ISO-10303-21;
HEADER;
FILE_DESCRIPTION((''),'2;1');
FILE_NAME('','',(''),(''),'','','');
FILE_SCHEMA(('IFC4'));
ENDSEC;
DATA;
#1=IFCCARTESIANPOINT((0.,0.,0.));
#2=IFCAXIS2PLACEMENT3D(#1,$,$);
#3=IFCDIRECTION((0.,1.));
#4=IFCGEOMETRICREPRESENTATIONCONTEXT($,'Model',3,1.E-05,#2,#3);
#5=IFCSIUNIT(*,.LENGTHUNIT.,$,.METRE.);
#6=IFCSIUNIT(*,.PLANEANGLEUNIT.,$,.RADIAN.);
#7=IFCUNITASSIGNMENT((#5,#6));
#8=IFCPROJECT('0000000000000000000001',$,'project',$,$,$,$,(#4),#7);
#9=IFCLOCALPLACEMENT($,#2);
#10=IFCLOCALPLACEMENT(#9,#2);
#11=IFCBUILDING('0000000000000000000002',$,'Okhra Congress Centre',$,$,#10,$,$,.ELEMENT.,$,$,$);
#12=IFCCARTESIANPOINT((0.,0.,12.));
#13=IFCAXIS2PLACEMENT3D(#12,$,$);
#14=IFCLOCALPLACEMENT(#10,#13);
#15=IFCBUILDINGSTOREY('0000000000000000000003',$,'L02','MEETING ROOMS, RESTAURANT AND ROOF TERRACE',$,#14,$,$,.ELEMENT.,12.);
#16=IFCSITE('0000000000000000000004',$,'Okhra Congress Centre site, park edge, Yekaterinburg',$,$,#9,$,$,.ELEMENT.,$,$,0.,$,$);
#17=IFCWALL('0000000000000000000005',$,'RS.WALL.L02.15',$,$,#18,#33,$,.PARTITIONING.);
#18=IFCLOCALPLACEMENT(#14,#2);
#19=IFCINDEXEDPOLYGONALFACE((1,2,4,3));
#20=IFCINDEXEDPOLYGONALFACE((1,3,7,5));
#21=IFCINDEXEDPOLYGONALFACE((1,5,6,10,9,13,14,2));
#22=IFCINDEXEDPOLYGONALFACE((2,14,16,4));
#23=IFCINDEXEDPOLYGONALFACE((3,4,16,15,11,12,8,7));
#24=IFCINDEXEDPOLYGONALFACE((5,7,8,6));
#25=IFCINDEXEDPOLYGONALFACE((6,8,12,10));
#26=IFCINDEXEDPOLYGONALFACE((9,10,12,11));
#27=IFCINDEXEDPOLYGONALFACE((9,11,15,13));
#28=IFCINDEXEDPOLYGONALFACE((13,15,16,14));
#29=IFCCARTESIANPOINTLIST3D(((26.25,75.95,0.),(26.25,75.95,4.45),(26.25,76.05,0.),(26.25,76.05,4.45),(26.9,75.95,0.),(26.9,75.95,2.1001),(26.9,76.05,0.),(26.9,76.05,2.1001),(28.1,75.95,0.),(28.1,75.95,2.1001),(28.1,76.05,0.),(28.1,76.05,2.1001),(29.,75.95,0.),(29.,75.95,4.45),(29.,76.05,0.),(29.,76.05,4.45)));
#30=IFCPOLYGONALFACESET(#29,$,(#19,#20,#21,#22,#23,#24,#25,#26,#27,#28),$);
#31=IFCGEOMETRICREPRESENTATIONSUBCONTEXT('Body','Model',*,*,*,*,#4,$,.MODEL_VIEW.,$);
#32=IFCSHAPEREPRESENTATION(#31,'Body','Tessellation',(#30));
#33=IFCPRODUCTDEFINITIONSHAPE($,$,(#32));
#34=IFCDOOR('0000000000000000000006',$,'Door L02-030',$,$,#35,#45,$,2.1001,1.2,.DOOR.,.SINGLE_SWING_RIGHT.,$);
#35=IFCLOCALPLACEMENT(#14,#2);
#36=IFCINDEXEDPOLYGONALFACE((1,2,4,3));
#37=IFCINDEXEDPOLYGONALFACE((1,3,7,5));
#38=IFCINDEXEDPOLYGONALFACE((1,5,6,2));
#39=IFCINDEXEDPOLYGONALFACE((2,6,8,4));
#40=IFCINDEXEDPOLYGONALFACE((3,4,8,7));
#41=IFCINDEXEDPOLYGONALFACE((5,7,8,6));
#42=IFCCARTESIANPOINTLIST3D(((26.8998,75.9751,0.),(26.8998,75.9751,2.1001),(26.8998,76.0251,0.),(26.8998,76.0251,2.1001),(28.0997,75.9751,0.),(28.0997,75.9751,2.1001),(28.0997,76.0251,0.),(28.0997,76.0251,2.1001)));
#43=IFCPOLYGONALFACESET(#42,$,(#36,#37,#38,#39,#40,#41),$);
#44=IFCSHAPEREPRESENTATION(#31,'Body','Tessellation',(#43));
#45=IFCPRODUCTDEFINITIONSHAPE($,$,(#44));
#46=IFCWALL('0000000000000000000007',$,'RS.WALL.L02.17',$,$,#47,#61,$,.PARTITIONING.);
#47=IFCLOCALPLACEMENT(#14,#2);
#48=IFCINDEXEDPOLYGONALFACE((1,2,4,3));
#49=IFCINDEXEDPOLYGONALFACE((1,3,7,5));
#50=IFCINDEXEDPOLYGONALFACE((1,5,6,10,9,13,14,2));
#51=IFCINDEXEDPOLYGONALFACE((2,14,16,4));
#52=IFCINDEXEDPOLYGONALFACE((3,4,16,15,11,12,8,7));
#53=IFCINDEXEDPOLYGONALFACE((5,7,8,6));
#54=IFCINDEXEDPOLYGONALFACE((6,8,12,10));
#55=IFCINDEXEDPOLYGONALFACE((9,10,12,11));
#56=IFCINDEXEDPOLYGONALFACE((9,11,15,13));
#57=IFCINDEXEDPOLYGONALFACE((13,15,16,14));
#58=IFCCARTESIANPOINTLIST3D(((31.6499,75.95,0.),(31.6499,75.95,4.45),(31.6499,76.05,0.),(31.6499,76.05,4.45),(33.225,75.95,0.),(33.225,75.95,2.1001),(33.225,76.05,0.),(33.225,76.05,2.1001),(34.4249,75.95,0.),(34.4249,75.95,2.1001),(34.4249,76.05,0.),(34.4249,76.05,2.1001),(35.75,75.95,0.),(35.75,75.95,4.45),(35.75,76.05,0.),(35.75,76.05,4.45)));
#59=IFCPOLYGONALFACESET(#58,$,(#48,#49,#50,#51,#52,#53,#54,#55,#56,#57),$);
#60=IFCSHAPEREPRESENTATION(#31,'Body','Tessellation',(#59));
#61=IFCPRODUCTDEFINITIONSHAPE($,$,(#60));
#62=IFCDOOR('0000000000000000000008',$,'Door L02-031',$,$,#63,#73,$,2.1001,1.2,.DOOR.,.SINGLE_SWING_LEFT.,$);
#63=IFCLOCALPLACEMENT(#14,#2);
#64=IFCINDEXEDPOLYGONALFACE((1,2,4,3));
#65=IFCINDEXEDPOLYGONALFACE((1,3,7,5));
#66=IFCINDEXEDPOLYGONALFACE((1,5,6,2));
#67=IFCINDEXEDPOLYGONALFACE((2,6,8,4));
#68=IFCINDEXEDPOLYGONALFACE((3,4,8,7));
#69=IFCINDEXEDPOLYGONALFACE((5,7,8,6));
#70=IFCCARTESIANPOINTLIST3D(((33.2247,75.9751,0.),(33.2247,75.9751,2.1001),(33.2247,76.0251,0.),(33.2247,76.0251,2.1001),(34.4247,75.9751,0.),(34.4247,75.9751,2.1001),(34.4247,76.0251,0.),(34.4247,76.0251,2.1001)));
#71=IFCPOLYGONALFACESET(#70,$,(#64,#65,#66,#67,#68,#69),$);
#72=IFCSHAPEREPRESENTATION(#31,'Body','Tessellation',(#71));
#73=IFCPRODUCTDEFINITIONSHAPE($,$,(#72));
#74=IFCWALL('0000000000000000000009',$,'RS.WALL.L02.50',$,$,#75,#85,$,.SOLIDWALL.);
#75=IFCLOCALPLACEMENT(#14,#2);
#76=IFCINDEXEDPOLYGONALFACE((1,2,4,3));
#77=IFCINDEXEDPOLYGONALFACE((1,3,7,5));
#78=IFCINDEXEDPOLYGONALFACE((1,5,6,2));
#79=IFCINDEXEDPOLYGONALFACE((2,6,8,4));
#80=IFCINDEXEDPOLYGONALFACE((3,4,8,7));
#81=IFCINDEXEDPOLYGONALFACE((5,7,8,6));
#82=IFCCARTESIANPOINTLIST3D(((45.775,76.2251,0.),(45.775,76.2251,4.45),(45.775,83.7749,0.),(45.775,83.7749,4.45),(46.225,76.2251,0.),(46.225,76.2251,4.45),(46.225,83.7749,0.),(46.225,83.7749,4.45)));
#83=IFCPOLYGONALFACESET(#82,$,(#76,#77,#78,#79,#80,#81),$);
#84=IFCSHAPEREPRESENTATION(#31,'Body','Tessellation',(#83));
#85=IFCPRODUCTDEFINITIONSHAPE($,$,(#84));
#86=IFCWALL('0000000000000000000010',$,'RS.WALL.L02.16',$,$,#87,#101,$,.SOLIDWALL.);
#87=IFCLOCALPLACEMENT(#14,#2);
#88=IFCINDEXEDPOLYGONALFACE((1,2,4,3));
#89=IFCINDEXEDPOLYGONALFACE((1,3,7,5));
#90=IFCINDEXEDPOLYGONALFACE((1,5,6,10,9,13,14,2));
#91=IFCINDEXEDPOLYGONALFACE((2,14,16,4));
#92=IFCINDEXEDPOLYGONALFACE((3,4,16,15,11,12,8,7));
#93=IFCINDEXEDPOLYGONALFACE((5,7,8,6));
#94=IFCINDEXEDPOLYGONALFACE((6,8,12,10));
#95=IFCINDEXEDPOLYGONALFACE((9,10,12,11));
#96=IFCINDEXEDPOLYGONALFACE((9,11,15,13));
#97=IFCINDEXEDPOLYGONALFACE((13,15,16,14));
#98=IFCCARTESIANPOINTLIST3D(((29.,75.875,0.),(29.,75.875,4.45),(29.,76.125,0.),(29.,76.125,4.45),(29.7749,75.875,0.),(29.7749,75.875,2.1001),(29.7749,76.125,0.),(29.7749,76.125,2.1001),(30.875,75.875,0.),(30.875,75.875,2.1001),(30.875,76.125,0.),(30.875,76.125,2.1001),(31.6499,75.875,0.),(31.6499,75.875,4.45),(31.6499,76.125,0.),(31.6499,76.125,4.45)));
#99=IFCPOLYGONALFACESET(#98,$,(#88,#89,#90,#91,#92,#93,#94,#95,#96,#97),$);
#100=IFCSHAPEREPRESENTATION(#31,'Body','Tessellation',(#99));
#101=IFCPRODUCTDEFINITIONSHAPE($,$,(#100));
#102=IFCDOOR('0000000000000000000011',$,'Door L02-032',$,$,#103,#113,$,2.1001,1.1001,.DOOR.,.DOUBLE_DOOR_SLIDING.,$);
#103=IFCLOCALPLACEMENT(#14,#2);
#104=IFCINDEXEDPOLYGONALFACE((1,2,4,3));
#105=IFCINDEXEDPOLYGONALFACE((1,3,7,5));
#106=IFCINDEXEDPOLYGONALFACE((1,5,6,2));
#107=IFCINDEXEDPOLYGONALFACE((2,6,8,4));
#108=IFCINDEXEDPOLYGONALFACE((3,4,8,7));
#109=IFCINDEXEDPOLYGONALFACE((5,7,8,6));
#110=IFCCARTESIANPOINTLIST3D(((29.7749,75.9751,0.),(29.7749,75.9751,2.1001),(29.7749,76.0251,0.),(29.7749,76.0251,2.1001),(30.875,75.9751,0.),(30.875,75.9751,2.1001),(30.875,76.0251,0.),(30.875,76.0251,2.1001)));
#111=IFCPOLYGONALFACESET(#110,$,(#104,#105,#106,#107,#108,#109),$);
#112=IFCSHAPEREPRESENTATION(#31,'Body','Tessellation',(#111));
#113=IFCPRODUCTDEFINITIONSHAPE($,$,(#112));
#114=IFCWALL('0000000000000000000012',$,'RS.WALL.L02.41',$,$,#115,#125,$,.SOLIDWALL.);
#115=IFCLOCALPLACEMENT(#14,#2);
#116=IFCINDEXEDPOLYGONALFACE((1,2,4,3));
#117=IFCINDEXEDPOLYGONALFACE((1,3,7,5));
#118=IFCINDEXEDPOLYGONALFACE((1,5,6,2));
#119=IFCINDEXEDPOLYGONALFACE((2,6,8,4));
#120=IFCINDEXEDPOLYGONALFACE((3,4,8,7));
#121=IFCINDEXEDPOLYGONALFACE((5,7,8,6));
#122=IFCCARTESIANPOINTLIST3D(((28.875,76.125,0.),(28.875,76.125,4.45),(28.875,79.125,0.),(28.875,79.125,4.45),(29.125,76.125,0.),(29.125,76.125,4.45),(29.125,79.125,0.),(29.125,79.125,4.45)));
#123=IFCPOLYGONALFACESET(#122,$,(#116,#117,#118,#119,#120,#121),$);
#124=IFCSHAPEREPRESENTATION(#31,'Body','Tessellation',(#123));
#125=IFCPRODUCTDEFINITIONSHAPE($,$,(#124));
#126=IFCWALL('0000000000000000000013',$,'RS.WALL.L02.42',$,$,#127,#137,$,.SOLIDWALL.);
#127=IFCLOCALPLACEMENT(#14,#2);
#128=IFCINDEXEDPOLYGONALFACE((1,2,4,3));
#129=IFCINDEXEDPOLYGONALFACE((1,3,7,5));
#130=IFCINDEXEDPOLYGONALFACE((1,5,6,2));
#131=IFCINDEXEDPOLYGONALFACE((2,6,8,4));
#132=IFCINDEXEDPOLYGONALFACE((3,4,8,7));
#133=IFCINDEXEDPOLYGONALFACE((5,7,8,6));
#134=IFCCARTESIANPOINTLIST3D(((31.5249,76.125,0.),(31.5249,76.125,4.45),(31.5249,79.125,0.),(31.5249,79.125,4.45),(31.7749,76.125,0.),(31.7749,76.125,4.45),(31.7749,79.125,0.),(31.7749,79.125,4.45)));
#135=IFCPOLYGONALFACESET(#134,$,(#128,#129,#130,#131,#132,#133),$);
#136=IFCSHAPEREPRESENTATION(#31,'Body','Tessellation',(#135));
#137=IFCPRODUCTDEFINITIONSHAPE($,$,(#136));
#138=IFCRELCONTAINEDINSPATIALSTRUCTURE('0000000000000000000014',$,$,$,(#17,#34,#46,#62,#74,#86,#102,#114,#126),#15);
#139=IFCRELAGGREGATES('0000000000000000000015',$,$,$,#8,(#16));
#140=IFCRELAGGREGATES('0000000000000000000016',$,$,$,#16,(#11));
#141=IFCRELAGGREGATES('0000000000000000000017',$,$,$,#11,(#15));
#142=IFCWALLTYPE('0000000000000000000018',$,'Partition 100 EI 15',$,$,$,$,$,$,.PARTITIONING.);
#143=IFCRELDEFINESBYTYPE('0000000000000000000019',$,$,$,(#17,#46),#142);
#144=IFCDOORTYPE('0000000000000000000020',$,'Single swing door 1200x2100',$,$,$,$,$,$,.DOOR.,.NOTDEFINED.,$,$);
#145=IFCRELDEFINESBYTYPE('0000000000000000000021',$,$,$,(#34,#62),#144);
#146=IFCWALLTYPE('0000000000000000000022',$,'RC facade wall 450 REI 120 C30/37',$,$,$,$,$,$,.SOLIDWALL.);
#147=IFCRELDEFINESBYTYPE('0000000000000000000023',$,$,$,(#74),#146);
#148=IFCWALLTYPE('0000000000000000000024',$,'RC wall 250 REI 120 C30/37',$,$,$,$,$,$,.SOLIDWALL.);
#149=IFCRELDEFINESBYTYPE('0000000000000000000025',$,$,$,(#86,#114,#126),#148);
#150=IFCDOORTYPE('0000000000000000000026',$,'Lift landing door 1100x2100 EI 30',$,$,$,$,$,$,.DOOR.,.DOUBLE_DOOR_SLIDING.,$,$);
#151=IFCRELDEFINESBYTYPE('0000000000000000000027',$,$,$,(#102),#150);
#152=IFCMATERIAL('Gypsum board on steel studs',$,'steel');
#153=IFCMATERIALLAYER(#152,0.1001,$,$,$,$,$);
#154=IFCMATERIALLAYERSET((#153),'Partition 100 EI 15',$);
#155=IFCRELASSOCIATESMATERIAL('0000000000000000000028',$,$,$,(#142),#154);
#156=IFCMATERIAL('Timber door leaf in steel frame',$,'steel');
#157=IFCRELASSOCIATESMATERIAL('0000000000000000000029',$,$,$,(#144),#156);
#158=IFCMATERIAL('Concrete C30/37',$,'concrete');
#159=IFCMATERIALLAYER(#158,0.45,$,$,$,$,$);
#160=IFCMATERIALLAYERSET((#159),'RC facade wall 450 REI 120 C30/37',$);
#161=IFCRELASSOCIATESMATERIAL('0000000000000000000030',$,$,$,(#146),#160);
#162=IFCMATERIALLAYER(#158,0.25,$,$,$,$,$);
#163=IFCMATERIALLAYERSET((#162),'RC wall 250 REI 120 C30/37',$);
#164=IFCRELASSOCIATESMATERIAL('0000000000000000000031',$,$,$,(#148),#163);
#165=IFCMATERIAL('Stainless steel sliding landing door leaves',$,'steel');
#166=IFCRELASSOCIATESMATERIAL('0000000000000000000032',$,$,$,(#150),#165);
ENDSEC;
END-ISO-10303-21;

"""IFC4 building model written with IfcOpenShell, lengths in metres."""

from ifc_helpers import new_model, si_unit, direction, frame, frame_2d, origin, place, context, subcontext, project, spatial, rectangle, extrude, material, layer, layer_set, type_object, element, fill, save


model = new_model("IFC4")

# Units and contexts
model_context = context("Model", 3, precision=1e-05, world=origin(), true_north=direction((0.0, 1.0)))
body_context = subcontext(model_context, "Body", "Model", "MODEL_VIEW")
ifc_project = project(units=[si_unit("LENGTHUNIT", "METRE"), si_unit("PLANEANGLEUNIT", "RADIAN")], contexts=[model_context])

# Site, building, storey
site_placement = place(None, origin())
site = spatial("IfcSite", under=ifc_project, at=site_placement, Name="Okhra Congress Centre site, park edge, Yekaterinburg", CompositionType="ELEMENT", RefElevation=0.0)
building_placement = place(site_placement, origin())
building = spatial("IfcBuilding", under=site, at=building_placement, Name="Okhra Congress Centre", CompositionType="ELEMENT")
storey_placement = place(building_placement, frame((0.0, 0.0, 12.0)))
storey = spatial("IfcBuildingStorey", under=building, at=storey_placement, Name="L02", Description="MEETING ROOMS, RESTAURANT AND ROOF TERRACE", CompositionType="ELEMENT", Elevation=12.0)

# Walls, openings, doors
ifc_material_1 = material(Name="Gypsum board on steel studs", Category="steel")
ifc_layer_1 = layer(ifc_material_1, 0.1001)
ifc_layer_set_1 = layer_set([ifc_layer_1], Name="Partition 100 EI 15")
wall_type_1 = type_object("IfcWallType", Name="Partition 100 EI 15", PredefinedType="PARTITIONING", material=ifc_layer_set_1)
wall_1_placement = place(storey_placement, frame((26.25, 76.0, 0.0), z_axis=(0.0, 0.0, 1.0), x_axis=(1.0, 0.0, 0.0)))
wall_1 = element("IfcWall", 1, at=wall_1_placement, inside=storey, type_object=wall_type_1, Name="RS.WALL.L02.15", PredefinedType="PARTITIONING", context=body_context, shape_type="SweptSolid", body=[
    extrude(rectangle(XDim=2.75, YDim=0.1001, at=frame_2d((1.375, 0.0))), origin(), (0.0, 0.0, 1.0), 4.45),
])
opening_1_placement = place(wall_1_placement, frame((0.6499, 0.0, 0.0)))
opening_1 = element("IfcOpeningElement", 2, at=opening_1_placement, cuts=wall_1, PredefinedType="OPENING", context=body_context, shape_type="SweptSolid", body=[
    extrude(rectangle(XDim=1.2, YDim=2.1001, at=frame_2d((0.6001, 1.05))), frame((0.0, 0.0601, 0.0), z_axis=(0.0, -1.0, 0.0), x_axis=(1.0, 0.0, 0.0)), (0.0, 0.0, 1.0), 0.1201),
])
ifc_material_2 = material(Name="Timber door leaf in steel frame", Category="steel")
door_type_1 = type_object("IfcDoorType", Name="Single swing door 1200x2100", OperationType="NOTDEFINED", PredefinedType="DOOR", material=ifc_material_2)
door_1_placement = place(opening_1_placement, frame((1.2, 0.0, 0.0), z_axis=(0.0, 0.0, 1.0), x_axis=(-1.0, 0.0, 0.0)))
door_1 = element("IfcDoor", 3, at=door_1_placement, inside=storey, type_object=door_type_1, Name="Door L02-030", OperationType="SINGLE_SWING_RIGHT", OverallHeight=2.1001, OverallWidth=1.2, PredefinedType="DOOR", context=body_context, shape_type="SweptSolid", body=[
    extrude(rectangle(XDim=1.2, YDim=2.1001, at=frame_2d((0.6001, 1.05))), frame((0.0, 0.0249, 0.0), z_axis=(0.0, -1.0, 0.0), x_axis=(1.0, 0.0, 0.0)), (0.0, 0.0, 1.0), 0.05),
])
fill(opening_1, door_1)
wall_2_placement = place(storey_placement, frame((31.6499, 76.0, 0.0), z_axis=(0.0, 0.0, 1.0), x_axis=(1.0, 0.0, 0.0)))
wall_2 = element("IfcWall", 4, at=wall_2_placement, inside=storey, type_object=wall_type_1, Name="RS.WALL.L02.17", PredefinedType="PARTITIONING", context=body_context, shape_type="SweptSolid", body=[
    extrude(rectangle(XDim=4.1001, YDim=0.1001, at=frame_2d((2.05, 0.0))), origin(), (0.0, 0.0, 1.0), 4.45),
])
opening_2_placement = place(wall_2_placement, frame((1.575, 0.0, 0.0)))
opening_2 = element("IfcOpeningElement", 5, at=opening_2_placement, cuts=wall_2, PredefinedType="OPENING", context=body_context, shape_type="SweptSolid", body=[
    extrude(rectangle(XDim=1.2, YDim=2.1001, at=frame_2d((0.6001, 1.05))), frame((0.0, 0.0601, 0.0), z_axis=(0.0, -1.0, 0.0), x_axis=(1.0, 0.0, 0.0)), (0.0, 0.0, 1.0), 0.1201),
])
door_2_placement = place(opening_2_placement, frame((1.2, 0.0, 0.0), z_axis=(0.0, 0.0, 1.0), x_axis=(-1.0, 0.0, 0.0)))
door_2 = element("IfcDoor", 6, at=door_2_placement, inside=storey, type_object=door_type_1, Name="Door L02-031", OperationType="SINGLE_SWING_LEFT", OverallHeight=2.1001, OverallWidth=1.2, PredefinedType="DOOR", context=body_context, shape_type="SweptSolid", body=[
    extrude(rectangle(XDim=1.2, YDim=2.1001, at=frame_2d((0.6001, 1.05))), frame((0.0, 0.0249, 0.0), z_axis=(0.0, -1.0, 0.0), x_axis=(1.0, 0.0, 0.0)), (0.0, 0.0, 1.0), 0.05),
])
fill(opening_2, door_2)

# Wall
ifc_material_3 = material(Name="Concrete C30/37", Category="concrete")
ifc_layer_2 = layer(ifc_material_3, 0.45)
ifc_layer_set_2 = layer_set([ifc_layer_2], Name="RC facade wall 450 REI 120 C30/37")
wall_type_2 = type_object("IfcWallType", Name="RC facade wall 450 REI 120 C30/37", PredefinedType="SOLIDWALL", material=ifc_layer_set_2)
wall_3_placement = place(storey_placement, frame((46.0, 76.2251, 0.0), z_axis=(0.0, 0.0, 1.0), x_axis=(0.0, 1.0, 0.0)))
element("IfcWall", 7, at=wall_3_placement, inside=storey, type_object=wall_type_2, Name="RS.WALL.L02.50", PredefinedType="SOLIDWALL", context=body_context, shape_type="SweptSolid", body=[
    extrude(rectangle(XDim=7.5498, YDim=0.45, at=frame_2d((3.7749, 0.0))), origin(), (0.0, 0.0, 1.0), 4.45),
])

# Wall, opening, door
ifc_layer_3 = layer(ifc_material_3, 0.25)
ifc_layer_set_3 = layer_set([ifc_layer_3], Name="RC wall 250 REI 120 C30/37")
wall_type_3 = type_object("IfcWallType", Name="RC wall 250 REI 120 C30/37", PredefinedType="SOLIDWALL", material=ifc_layer_set_3)
wall_4_placement = place(storey_placement, frame((29.0, 76.0, 0.0), z_axis=(0.0, 0.0, 1.0), x_axis=(1.0, 0.0, 0.0)))
wall_4 = element("IfcWall", 8, at=wall_4_placement, inside=storey, type_object=wall_type_3, Name="RS.WALL.L02.16", PredefinedType="SOLIDWALL", context=body_context, shape_type="SweptSolid", body=[
    extrude(rectangle(XDim=2.6499, YDim=0.25, at=frame_2d((1.325, 0.0))), origin(), (0.0, 0.0, 1.0), 4.45),
])
opening_3_placement = place(wall_4_placement, frame((0.7749, 0.0, 0.0)))
opening_3 = element("IfcOpeningElement", 9, at=opening_3_placement, cuts=wall_4, PredefinedType="OPENING", context=body_context, shape_type="SweptSolid", body=[
    extrude(rectangle(XDim=1.1001, YDim=2.1001, at=frame_2d((0.55, 1.05))), frame((0.0, 0.135, 0.0), z_axis=(0.0, -1.0, 0.0), x_axis=(1.0, 0.0, 0.0)), (0.0, 0.0, 1.0), 0.27),
])
ifc_material_4 = material(Name="Stainless steel sliding landing door leaves", Category="steel")
door_type_2 = type_object("IfcDoorType", Name="Lift landing door 1100x2100 EI 30", OperationType="DOUBLE_DOOR_SLIDING", PredefinedType="DOOR", material=ifc_material_4)
door_3_placement = place(opening_3_placement, frame((1.1001, 0.0, 0.0), z_axis=(0.0, 0.0, 1.0), x_axis=(-1.0, 0.0, 0.0)))
door_3 = element("IfcDoor", 10, at=door_3_placement, inside=storey, type_object=door_type_2, Name="Door L02-032", OperationType="DOUBLE_DOOR_SLIDING", OverallHeight=2.1001, OverallWidth=1.1001, PredefinedType="DOOR", context=body_context, shape_type="SweptSolid", body=[
    extrude(rectangle(XDim=1.1001, YDim=2.1001, at=frame_2d((0.55, 1.05))), frame((0.0, 0.0249, 0.0), z_axis=(0.0, -1.0, 0.0), x_axis=(1.0, 0.0, 0.0)), (0.0, 0.0, 1.0), 0.05),
])
fill(opening_3, door_3)

# Walls
for number, where, z_axis, x_axis, name in (
    (11, (29.0, 76.125, 0.0), (0.0, 0.0, 1.0), (0.0, 1.0, 0.0), "RS.WALL.L02.41"),
    (12, (31.6499, 76.125, 0.0), (0.0, 0.0, 1.0), (0.0, 1.0, 0.0), "RS.WALL.L02.42"),
):
    element("IfcWall", number, at=place(storey_placement, frame(where, z_axis=z_axis, x_axis=x_axis)), inside=storey, type_object=wall_type_3, Name=name, PredefinedType="SOLIDWALL", context=body_context, shape_type="SweptSolid", body=[
        extrude(rectangle(XDim=3.0, YDim=0.25, at=frame_2d((1.5, 0.0))), origin(), (0.0, 0.0, 1.0), 4.45),
    ])

save(model, "model.ifc")
